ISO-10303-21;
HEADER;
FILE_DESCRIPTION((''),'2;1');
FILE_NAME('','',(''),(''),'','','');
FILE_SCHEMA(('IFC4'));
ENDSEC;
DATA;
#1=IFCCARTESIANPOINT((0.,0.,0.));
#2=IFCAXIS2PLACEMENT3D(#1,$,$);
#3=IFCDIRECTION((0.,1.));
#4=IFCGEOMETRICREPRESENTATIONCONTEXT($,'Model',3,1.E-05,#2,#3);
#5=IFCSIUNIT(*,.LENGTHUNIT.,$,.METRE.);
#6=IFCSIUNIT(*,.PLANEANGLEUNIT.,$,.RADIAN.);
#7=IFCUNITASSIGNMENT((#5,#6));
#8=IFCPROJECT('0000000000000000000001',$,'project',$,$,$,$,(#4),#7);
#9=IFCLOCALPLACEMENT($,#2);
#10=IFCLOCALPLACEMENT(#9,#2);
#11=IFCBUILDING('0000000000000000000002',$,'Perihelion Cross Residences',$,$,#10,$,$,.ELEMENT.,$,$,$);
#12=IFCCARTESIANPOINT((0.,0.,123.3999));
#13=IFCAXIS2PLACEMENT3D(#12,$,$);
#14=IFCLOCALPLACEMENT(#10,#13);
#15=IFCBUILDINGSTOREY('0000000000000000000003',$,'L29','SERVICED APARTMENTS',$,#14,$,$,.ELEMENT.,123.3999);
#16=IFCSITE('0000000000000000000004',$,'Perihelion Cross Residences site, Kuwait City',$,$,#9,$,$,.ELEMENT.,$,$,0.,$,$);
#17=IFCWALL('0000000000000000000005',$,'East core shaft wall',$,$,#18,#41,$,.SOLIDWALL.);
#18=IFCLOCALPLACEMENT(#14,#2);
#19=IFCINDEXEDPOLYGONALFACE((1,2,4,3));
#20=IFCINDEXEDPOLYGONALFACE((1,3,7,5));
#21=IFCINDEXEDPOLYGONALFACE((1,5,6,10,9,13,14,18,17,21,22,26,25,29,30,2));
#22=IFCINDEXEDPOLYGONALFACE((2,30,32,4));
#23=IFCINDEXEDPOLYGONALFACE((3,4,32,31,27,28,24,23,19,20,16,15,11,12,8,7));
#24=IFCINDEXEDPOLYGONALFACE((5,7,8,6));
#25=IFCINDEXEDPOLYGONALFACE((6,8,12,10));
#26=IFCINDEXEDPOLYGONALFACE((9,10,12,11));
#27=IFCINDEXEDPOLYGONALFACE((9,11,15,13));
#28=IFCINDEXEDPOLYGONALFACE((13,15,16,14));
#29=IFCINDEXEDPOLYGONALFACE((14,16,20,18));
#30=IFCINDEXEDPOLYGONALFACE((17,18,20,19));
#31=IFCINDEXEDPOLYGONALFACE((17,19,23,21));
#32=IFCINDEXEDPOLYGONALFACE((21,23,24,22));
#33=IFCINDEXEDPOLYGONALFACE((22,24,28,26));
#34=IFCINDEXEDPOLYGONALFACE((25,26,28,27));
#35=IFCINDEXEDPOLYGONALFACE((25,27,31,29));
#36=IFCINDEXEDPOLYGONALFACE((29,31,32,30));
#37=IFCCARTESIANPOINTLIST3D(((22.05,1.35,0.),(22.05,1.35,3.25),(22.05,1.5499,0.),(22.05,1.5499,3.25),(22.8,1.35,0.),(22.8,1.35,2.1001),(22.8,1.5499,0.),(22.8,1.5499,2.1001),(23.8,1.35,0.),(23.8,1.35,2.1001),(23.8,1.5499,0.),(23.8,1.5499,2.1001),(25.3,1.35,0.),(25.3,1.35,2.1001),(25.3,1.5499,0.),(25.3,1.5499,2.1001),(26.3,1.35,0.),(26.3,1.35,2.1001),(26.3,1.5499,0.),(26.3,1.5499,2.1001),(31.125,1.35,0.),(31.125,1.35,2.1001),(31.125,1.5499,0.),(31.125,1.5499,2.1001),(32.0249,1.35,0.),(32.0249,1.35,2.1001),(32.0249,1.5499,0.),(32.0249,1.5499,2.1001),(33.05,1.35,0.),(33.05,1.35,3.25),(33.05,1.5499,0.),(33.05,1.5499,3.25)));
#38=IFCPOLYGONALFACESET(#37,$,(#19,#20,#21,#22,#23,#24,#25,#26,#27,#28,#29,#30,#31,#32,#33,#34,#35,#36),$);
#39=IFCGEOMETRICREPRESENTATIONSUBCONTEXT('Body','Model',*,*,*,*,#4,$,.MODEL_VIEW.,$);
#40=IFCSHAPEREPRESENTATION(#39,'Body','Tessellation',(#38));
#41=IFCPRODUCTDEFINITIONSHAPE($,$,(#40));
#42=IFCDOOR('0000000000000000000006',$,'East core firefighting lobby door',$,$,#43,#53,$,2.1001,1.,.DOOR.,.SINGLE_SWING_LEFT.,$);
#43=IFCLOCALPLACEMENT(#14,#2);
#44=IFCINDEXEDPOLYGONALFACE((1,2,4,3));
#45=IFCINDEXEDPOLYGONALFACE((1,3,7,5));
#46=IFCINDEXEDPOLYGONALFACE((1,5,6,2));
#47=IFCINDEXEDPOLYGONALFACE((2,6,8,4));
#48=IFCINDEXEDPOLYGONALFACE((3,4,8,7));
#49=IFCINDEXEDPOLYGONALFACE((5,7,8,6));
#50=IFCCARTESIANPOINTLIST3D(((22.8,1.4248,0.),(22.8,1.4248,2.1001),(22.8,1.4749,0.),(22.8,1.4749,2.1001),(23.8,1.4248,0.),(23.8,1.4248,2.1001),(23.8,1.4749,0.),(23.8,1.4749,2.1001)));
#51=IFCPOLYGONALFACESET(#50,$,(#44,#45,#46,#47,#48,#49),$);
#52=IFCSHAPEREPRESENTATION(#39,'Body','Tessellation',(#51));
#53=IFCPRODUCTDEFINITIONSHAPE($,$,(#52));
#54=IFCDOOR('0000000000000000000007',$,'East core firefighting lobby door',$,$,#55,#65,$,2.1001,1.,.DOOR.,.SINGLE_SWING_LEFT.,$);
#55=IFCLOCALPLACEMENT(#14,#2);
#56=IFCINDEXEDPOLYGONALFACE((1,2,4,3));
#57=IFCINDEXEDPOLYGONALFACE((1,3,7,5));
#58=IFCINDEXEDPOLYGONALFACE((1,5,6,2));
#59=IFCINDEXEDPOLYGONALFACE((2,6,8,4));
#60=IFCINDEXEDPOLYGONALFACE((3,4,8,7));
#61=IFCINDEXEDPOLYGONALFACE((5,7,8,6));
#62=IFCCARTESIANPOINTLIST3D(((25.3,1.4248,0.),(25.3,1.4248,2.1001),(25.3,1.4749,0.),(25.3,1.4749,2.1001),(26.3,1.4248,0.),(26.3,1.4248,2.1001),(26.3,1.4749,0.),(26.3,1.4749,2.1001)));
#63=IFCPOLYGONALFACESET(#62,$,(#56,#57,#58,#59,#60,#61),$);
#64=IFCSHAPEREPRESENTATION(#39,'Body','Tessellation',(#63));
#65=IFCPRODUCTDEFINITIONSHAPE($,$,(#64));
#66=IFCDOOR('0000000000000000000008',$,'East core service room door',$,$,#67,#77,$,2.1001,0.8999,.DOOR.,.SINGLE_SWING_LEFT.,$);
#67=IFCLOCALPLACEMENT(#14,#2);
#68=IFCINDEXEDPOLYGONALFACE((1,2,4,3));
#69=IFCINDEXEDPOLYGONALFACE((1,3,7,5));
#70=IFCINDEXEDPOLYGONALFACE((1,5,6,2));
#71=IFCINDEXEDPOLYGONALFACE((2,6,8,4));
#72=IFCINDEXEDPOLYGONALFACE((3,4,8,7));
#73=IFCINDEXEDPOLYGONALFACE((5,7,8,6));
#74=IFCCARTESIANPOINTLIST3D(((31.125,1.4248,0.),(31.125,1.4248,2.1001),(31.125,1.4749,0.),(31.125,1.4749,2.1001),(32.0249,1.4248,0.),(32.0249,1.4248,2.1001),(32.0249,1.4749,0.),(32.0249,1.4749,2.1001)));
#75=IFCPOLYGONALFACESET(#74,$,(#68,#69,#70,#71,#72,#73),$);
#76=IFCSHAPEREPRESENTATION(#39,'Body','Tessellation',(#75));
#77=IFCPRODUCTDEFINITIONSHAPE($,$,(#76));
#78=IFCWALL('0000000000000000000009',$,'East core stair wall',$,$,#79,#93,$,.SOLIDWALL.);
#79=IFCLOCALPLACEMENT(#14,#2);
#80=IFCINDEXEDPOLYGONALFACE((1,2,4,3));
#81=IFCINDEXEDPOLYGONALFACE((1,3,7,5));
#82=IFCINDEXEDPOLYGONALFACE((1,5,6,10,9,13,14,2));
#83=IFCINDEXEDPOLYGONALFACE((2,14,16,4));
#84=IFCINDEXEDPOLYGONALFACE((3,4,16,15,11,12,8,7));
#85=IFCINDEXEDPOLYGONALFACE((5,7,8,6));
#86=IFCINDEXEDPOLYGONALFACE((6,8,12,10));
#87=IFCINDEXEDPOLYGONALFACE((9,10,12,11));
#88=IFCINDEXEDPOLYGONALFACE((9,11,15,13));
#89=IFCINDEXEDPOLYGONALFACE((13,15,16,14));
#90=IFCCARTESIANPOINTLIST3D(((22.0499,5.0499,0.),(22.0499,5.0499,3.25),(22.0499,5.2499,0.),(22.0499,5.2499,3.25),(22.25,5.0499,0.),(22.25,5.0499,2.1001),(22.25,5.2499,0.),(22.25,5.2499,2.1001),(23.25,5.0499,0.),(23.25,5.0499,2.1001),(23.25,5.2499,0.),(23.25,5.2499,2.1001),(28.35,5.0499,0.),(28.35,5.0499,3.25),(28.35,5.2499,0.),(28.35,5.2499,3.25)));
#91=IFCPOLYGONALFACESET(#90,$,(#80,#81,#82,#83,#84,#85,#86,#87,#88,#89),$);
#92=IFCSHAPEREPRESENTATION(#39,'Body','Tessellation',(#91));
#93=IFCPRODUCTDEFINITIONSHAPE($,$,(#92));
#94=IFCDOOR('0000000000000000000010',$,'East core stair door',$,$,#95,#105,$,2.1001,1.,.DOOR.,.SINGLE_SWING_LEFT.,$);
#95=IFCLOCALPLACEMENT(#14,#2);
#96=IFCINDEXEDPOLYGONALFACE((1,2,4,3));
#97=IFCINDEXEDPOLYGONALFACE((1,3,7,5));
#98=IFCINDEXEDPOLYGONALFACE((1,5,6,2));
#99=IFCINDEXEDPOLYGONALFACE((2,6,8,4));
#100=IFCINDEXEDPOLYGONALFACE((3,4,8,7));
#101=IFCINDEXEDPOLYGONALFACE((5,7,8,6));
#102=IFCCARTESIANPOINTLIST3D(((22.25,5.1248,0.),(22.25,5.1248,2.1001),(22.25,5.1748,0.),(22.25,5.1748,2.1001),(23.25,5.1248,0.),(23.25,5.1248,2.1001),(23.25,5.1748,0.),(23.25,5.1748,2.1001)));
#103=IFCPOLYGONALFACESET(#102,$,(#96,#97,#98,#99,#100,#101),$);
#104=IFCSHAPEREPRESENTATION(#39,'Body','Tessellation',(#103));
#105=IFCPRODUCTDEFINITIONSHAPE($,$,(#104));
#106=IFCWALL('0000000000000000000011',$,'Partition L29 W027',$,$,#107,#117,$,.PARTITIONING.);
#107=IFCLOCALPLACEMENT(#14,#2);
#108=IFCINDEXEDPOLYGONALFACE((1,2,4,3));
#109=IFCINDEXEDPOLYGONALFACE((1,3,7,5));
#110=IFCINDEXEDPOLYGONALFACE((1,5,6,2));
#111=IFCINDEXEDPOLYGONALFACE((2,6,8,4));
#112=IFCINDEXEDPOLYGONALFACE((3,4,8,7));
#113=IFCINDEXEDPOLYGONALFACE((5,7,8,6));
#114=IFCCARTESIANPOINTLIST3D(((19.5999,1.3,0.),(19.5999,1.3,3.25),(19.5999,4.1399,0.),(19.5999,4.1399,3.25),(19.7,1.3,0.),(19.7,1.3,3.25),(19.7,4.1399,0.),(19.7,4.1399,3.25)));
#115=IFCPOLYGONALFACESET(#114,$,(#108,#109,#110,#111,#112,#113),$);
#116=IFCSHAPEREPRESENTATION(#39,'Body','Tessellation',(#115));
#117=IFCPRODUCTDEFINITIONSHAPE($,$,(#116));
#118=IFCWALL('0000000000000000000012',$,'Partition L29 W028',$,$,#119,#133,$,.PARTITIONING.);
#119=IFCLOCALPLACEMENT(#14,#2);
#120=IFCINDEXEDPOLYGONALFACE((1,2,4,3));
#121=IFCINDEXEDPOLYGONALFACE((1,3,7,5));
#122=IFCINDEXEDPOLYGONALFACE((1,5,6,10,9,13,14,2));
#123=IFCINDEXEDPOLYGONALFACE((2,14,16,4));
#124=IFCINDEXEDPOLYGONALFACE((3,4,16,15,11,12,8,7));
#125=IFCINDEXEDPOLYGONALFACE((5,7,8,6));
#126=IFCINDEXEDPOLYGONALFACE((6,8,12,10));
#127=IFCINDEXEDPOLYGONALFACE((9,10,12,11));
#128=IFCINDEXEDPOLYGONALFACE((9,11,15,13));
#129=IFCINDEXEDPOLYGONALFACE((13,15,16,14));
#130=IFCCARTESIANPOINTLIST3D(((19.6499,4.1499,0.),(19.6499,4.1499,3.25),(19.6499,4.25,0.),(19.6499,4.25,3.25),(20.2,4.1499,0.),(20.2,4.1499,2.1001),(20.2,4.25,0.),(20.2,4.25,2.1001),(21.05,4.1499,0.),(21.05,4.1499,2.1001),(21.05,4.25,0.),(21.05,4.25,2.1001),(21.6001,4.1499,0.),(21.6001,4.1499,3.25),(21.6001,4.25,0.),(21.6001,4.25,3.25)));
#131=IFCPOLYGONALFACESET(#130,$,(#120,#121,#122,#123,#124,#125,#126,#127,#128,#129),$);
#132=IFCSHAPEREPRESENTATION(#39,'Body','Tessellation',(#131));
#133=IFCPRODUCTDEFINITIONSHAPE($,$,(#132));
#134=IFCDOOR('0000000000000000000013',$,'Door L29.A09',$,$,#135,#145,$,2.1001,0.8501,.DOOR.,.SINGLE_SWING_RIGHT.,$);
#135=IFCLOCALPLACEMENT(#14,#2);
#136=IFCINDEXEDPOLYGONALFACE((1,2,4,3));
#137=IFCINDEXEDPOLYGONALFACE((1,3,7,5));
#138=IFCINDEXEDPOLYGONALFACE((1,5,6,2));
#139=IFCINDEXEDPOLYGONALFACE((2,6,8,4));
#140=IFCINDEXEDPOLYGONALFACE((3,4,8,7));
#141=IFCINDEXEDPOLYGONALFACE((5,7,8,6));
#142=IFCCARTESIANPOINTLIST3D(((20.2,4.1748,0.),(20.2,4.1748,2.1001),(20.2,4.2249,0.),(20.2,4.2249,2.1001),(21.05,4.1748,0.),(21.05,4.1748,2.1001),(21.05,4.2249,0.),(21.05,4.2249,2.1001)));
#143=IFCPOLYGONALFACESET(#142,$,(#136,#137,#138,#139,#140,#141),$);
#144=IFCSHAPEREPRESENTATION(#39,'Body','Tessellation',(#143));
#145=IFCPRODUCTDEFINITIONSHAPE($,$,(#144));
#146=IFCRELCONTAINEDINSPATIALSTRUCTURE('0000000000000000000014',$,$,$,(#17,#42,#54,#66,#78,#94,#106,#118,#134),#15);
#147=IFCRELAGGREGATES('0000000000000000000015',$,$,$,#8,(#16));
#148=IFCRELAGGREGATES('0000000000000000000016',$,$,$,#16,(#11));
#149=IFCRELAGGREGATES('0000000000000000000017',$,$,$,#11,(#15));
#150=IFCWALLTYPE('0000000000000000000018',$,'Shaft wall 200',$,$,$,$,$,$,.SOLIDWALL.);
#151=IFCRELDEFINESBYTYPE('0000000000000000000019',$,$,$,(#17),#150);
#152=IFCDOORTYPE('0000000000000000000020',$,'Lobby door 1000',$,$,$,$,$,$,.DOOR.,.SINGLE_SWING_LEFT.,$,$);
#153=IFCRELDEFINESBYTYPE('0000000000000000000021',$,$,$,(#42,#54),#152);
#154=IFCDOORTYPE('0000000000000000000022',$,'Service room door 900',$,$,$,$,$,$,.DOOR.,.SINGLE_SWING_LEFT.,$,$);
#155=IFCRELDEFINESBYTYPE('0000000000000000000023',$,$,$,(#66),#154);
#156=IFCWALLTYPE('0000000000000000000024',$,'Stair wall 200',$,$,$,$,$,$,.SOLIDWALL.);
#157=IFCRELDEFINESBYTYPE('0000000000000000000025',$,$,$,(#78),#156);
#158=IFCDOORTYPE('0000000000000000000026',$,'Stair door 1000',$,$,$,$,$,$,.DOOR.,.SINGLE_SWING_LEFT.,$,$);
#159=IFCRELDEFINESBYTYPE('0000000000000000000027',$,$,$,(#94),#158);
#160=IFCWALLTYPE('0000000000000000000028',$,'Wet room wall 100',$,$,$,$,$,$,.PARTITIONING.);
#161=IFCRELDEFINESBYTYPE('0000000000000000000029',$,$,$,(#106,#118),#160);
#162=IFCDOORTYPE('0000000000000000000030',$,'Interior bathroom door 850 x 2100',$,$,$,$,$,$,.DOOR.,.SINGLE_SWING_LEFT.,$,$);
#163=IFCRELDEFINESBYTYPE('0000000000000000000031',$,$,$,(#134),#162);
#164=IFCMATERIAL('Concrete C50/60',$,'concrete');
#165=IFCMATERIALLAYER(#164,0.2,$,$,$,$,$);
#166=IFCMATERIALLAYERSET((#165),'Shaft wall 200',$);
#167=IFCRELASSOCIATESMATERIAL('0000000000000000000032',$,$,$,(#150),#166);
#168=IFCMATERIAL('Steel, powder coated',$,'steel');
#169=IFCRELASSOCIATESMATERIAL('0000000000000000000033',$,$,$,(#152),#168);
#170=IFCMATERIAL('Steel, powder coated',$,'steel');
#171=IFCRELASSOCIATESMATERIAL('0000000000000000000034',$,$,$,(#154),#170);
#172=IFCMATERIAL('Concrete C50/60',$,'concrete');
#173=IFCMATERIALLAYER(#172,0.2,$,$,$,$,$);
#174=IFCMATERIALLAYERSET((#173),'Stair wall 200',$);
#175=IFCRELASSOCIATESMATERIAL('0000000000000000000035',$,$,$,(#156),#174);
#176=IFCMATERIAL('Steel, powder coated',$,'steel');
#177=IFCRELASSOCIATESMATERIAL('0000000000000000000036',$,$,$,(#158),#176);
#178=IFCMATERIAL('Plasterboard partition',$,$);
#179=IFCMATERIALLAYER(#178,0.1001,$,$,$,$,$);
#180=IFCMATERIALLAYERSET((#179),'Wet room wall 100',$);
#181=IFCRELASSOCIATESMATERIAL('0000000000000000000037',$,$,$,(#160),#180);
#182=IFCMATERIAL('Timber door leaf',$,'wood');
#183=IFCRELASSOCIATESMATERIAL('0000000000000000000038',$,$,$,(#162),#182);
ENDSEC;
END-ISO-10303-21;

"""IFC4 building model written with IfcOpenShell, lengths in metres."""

from ifc_helpers import new_model, si_unit, direction, frame, frame_2d, origin, place, context, subcontext, project, spatial, rectangle, extrude, material, layer, layer_set, type_object, element, fill, save


model = new_model("IFC4")

# Units and contexts
model_context = context("Model", 3, precision=1e-05, world=origin(), true_north=direction((0.0, 1.0)))
body_context = subcontext(model_context, "Body", "Model", "MODEL_VIEW")
ifc_project = project(units=[si_unit("LENGTHUNIT", "METRE"), si_unit("PLANEANGLEUNIT", "RADIAN")], contexts=[model_context])

# Site, building, storey
site_placement = place(None, origin())
site = spatial("IfcSite", under=ifc_project, at=site_placement, Name="Perihelion Cross Residences site, Kuwait City", CompositionType="ELEMENT", RefElevation=0.0)
building_placement = place(site_placement, origin())
building = spatial("IfcBuilding", under=site, at=building_placement, Name="Perihelion Cross Residences", CompositionType="ELEMENT")
storey_placement = place(building_placement, frame((0.0, 0.0, 123.3999)))
storey = spatial("IfcBuildingStorey", under=building, at=storey_placement, Name="L29", Description="SERVICED APARTMENTS", CompositionType="ELEMENT", Elevation=123.3999)

# Wall, openings, doors
ifc_material_1 = material(Name="Concrete C50/60", Category="concrete")
ifc_layer_1 = layer(ifc_material_1, 0.2)
ifc_layer_set_1 = layer_set([ifc_layer_1], Name="Shaft wall 200")
wall_type_1 = type_object("IfcWallType", Name="Shaft wall 200", PredefinedType="SOLIDWALL", material=ifc_layer_set_1)
wall_1_placement = place(storey_placement, frame((22.05, 1.45, 0.0), z_axis=(0.0, 0.0, 1.0), x_axis=(1.0, 0.0, 0.0)))
wall_1 = element("IfcWall", 1, at=wall_1_placement, inside=storey, type_object=wall_type_1, Name="East core shaft wall", PredefinedType="SOLIDWALL", context=body_context, shape_type="SweptSolid", body=[
    extrude(rectangle(XDim=11.0, YDim=0.2, at=frame_2d((5.5, 0.0))), origin(), (0.0, 0.0, 1.0), 3.25),
])
opening_1_placement = place(wall_1_placement, frame((0.75, 0.0, 0.0)))
opening_1 = element("IfcOpeningElement", 2, at=opening_1_placement, cuts=wall_1, PredefinedType="OPENING", context=body_context, shape_type="SweptSolid", body=[
    extrude(rectangle(XDim=1.0, YDim=2.1001, at=frame_2d((0.5, 1.05))), frame((0.0, 0.1099, 0.0), z_axis=(0.0, -1.0, 0.0), x_axis=(1.0, 0.0, 0.0)), (0.0, 0.0, 1.0), 0.22),
])
opening_2_placement = place(wall_1_placement, frame((3.25, 0.0, 0.0)))
opening_2 = element("IfcOpeningElement", 3, at=opening_2_placement, cuts=wall_1, PredefinedType="OPENING", context=body_context, shape_type="SweptSolid", body=[
    extrude(rectangle(XDim=1.0, YDim=2.1001, at=frame_2d((0.5, 1.05))), frame((0.0, 0.1099, 0.0), z_axis=(0.0, -1.0, 0.0), x_axis=(1.0, 0.0, 0.0)), (0.0, 0.0, 1.0), 0.22),
])
opening_3_placement = place(wall_1_placement, frame((9.075, 0.0, 0.0)))
opening_3 = element("IfcOpeningElement", 4, at=opening_3_placement, cuts=wall_1, PredefinedType="OPENING", context=body_context, shape_type="SweptSolid", body=[
    extrude(rectangle(XDim=0.8999, YDim=2.1001, at=frame_2d((0.45, 1.05))), frame((0.0, 0.1099, 0.0), z_axis=(0.0, -1.0, 0.0), x_axis=(1.0, 0.0, 0.0)), (0.0, 0.0, 1.0), 0.22),
])
ifc_material_2 = material(Name="Steel, powder coated", Category="steel")
door_type_1 = type_object("IfcDoorType", Name="Lobby door 1000", OperationType="SINGLE_SWING_LEFT", PredefinedType="DOOR", material=ifc_material_2)
door_1_placement = place(opening_1_placement, origin())
door_1 = element("IfcDoor", 5, at=door_1_placement, inside=storey, type_object=door_type_1, Name="East core firefighting lobby door", OperationType="SINGLE_SWING_LEFT", OverallHeight=2.1001, OverallWidth=1.0, PredefinedType="DOOR", context=body_context, shape_type="SweptSolid", body=[
    extrude(rectangle(XDim=1.0, YDim=2.1001, at=frame_2d((0.5, 1.05))), frame((0.0, 0.0249, 0.0), z_axis=(0.0, -1.0, 0.0), x_axis=(1.0, 0.0, 0.0)), (0.0, 0.0, 1.0), 0.05),
])
fill(opening_1, door_1)
door_2_placement = place(opening_2_placement, origin())
door_2 = element("IfcDoor", 6, at=door_2_placement, inside=storey, type_object=door_type_1, Name="East core firefighting lobby door", OperationType="SINGLE_SWING_LEFT", OverallHeight=2.1001, OverallWidth=1.0, PredefinedType="DOOR", context=body_context, shape_type="SweptSolid", body=[
    extrude(rectangle(XDim=1.0, YDim=2.1001, at=frame_2d((0.5, 1.05))), frame((0.0, 0.0249, 0.0), z_axis=(0.0, -1.0, 0.0), x_axis=(1.0, 0.0, 0.0)), (0.0, 0.0, 1.0), 0.05),
])
fill(opening_2, door_2)
ifc_material_3 = material(Name="Steel, powder coated", Category="steel")
door_type_2 = type_object("IfcDoorType", Name="Service room door 900", OperationType="SINGLE_SWING_LEFT", PredefinedType="DOOR", material=ifc_material_3)
door_3_placement = place(opening_3_placement, origin())
door_3 = element("IfcDoor", 7, at=door_3_placement, inside=storey, type_object=door_type_2, Name="East core service room door", OperationType="SINGLE_SWING_LEFT", OverallHeight=2.1001, OverallWidth=0.8999, PredefinedType="DOOR", context=body_context, shape_type="SweptSolid", body=[
    extrude(rectangle(XDim=0.8999, YDim=2.1001, at=frame_2d((0.45, 1.05))), frame((0.0, 0.0249, 0.0), z_axis=(0.0, -1.0, 0.0), x_axis=(1.0, 0.0, 0.0)), (0.0, 0.0, 1.0), 0.05),
])
fill(opening_3, door_3)

# Wall, opening, door
ifc_material_4 = material(Name="Concrete C50/60", Category="concrete")
ifc_layer_2 = layer(ifc_material_4, 0.2)
ifc_layer_set_2 = layer_set([ifc_layer_2], Name="Stair wall 200")
wall_type_2 = type_object("IfcWallType", Name="Stair wall 200", PredefinedType="SOLIDWALL", material=ifc_layer_set_2)
wall_2_placement = place(storey_placement, frame((22.05, 5.1499, 0.0), z_axis=(0.0, 0.0, 1.0), x_axis=(1.0, 0.0, 0.0)))
wall_2 = element("IfcWall", 8, at=wall_2_placement, inside=storey, type_object=wall_type_2, Name="East core stair wall", PredefinedType="SOLIDWALL", context=body_context, shape_type="SweptSolid", body=[
    extrude(rectangle(XDim=6.3, YDim=0.2, at=frame_2d((3.1499, 0.0))), origin(), (0.0, 0.0, 1.0), 3.25),
])
opening_4_placement = place(wall_2_placement, frame((0.2, 0.0, 0.0)))
opening_4 = element("IfcOpeningElement", 9, at=opening_4_placement, cuts=wall_2, PredefinedType="OPENING", context=body_context, shape_type="SweptSolid", body=[
    extrude(rectangle(XDim=1.0, YDim=2.1001, at=frame_2d((0.5, 1.05))), frame((0.0, 0.1099, 0.0), z_axis=(0.0, -1.0, 0.0), x_axis=(1.0, 0.0, 0.0)), (0.0, 0.0, 1.0), 0.22),
])
ifc_material_5 = material(Name="Steel, powder coated", Category="steel")
door_type_3 = type_object("IfcDoorType", Name="Stair door 1000", OperationType="SINGLE_SWING_LEFT", PredefinedType="DOOR", material=ifc_material_5)
door_4_placement = place(opening_4_placement, origin())
door_4 = element("IfcDoor", 10, at=door_4_placement, inside=storey, type_object=door_type_3, Name="East core stair door", OperationType="SINGLE_SWING_LEFT", OverallHeight=2.1001, OverallWidth=1.0, PredefinedType="DOOR", context=body_context, shape_type="SweptSolid", body=[
    extrude(rectangle(XDim=1.0, YDim=2.1001, at=frame_2d((0.5, 1.05))), frame((0.0, 0.0249, 0.0), z_axis=(0.0, -1.0, 0.0), x_axis=(1.0, 0.0, 0.0)), (0.0, 0.0, 1.0), 0.05),
])
fill(opening_4, door_4)

# Wall
ifc_material_6 = material(Name="Plasterboard partition")
ifc_layer_3 = layer(ifc_material_6, 0.1001)
ifc_layer_set_3 = layer_set([ifc_layer_3], Name="Wet room wall 100")
wall_type_3 = type_object("IfcWallType", Name="Wet room wall 100", PredefinedType="PARTITIONING", material=ifc_layer_set_3)
wall_3_placement = place(storey_placement, frame((19.6499, 4.1399, 0.0), z_axis=(0.0, 0.0, 1.0), x_axis=(0.0, -1.0, 0.0)))
element("IfcWall", 11, at=wall_3_placement, inside=storey, type_object=wall_type_3, Name="Partition L29 W027", PredefinedType="PARTITIONING", context=body_context, shape_type="SweptSolid", body=[
    extrude(rectangle(XDim=2.8398, YDim=0.1001, at=frame_2d((1.4199, 0.0))), origin(), (0.0, 0.0, 1.0), 3.25),
])

# Wall, opening, door
wall_4_placement = place(storey_placement, frame((19.6499, 4.2, 0.0), z_axis=(0.0, 0.0, 1.0), x_axis=(1.0, 0.0, 0.0)))
wall_4 = element("IfcWall", 12, at=wall_4_placement, inside=storey, type_object=wall_type_3, Name="Partition L29 W028", PredefinedType="PARTITIONING", context=body_context, shape_type="SweptSolid", body=[
    extrude(rectangle(XDim=1.9502, YDim=0.1001, at=frame_2d((0.9751, 0.0))), origin(), (0.0, 0.0, 1.0), 3.25),
])
opening_5_placement = place(wall_4_placement, frame((0.55, 0.0, 0.0)))
opening_5 = element("IfcOpeningElement", 13, at=opening_5_placement, cuts=wall_4, PredefinedType="OPENING", context=body_context, shape_type="SweptSolid", body=[
    extrude(rectangle(XDim=0.8501, YDim=2.1001, at=frame_2d((0.425, 1.05))), frame((0.0, 0.0601, 0.0), z_axis=(0.0, -1.0, 0.0), x_axis=(1.0, 0.0, 0.0)), (0.0, 0.0, 1.0), 0.1201),
])
ifc_material_7 = material(Name="Timber door leaf", Category="wood")
door_type_4 = type_object("IfcDoorType", Name="Interior bathroom door 850 x 2100", OperationType="SINGLE_SWING_LEFT", PredefinedType="DOOR", material=ifc_material_7)
door_5_placement = place(opening_5_placement, origin())
door_5 = element("IfcDoor", 14, at=door_5_placement, inside=storey, type_object=door_type_4, Name="Door L29.A09", OperationType="SINGLE_SWING_RIGHT", OverallHeight=2.1001, OverallWidth=0.8501, PredefinedType="DOOR", context=body_context, shape_type="SweptSolid", body=[
    extrude(rectangle(XDim=0.8501, YDim=2.1001, at=frame_2d((0.425, 1.05))), frame((0.0, 0.0249, 0.0), z_axis=(0.0, -1.0, 0.0), x_axis=(1.0, 0.0, 0.0)), (0.0, 0.0, 1.0), 0.05),
])
fill(opening_5, door_5)

save(model, "model.ifc")
